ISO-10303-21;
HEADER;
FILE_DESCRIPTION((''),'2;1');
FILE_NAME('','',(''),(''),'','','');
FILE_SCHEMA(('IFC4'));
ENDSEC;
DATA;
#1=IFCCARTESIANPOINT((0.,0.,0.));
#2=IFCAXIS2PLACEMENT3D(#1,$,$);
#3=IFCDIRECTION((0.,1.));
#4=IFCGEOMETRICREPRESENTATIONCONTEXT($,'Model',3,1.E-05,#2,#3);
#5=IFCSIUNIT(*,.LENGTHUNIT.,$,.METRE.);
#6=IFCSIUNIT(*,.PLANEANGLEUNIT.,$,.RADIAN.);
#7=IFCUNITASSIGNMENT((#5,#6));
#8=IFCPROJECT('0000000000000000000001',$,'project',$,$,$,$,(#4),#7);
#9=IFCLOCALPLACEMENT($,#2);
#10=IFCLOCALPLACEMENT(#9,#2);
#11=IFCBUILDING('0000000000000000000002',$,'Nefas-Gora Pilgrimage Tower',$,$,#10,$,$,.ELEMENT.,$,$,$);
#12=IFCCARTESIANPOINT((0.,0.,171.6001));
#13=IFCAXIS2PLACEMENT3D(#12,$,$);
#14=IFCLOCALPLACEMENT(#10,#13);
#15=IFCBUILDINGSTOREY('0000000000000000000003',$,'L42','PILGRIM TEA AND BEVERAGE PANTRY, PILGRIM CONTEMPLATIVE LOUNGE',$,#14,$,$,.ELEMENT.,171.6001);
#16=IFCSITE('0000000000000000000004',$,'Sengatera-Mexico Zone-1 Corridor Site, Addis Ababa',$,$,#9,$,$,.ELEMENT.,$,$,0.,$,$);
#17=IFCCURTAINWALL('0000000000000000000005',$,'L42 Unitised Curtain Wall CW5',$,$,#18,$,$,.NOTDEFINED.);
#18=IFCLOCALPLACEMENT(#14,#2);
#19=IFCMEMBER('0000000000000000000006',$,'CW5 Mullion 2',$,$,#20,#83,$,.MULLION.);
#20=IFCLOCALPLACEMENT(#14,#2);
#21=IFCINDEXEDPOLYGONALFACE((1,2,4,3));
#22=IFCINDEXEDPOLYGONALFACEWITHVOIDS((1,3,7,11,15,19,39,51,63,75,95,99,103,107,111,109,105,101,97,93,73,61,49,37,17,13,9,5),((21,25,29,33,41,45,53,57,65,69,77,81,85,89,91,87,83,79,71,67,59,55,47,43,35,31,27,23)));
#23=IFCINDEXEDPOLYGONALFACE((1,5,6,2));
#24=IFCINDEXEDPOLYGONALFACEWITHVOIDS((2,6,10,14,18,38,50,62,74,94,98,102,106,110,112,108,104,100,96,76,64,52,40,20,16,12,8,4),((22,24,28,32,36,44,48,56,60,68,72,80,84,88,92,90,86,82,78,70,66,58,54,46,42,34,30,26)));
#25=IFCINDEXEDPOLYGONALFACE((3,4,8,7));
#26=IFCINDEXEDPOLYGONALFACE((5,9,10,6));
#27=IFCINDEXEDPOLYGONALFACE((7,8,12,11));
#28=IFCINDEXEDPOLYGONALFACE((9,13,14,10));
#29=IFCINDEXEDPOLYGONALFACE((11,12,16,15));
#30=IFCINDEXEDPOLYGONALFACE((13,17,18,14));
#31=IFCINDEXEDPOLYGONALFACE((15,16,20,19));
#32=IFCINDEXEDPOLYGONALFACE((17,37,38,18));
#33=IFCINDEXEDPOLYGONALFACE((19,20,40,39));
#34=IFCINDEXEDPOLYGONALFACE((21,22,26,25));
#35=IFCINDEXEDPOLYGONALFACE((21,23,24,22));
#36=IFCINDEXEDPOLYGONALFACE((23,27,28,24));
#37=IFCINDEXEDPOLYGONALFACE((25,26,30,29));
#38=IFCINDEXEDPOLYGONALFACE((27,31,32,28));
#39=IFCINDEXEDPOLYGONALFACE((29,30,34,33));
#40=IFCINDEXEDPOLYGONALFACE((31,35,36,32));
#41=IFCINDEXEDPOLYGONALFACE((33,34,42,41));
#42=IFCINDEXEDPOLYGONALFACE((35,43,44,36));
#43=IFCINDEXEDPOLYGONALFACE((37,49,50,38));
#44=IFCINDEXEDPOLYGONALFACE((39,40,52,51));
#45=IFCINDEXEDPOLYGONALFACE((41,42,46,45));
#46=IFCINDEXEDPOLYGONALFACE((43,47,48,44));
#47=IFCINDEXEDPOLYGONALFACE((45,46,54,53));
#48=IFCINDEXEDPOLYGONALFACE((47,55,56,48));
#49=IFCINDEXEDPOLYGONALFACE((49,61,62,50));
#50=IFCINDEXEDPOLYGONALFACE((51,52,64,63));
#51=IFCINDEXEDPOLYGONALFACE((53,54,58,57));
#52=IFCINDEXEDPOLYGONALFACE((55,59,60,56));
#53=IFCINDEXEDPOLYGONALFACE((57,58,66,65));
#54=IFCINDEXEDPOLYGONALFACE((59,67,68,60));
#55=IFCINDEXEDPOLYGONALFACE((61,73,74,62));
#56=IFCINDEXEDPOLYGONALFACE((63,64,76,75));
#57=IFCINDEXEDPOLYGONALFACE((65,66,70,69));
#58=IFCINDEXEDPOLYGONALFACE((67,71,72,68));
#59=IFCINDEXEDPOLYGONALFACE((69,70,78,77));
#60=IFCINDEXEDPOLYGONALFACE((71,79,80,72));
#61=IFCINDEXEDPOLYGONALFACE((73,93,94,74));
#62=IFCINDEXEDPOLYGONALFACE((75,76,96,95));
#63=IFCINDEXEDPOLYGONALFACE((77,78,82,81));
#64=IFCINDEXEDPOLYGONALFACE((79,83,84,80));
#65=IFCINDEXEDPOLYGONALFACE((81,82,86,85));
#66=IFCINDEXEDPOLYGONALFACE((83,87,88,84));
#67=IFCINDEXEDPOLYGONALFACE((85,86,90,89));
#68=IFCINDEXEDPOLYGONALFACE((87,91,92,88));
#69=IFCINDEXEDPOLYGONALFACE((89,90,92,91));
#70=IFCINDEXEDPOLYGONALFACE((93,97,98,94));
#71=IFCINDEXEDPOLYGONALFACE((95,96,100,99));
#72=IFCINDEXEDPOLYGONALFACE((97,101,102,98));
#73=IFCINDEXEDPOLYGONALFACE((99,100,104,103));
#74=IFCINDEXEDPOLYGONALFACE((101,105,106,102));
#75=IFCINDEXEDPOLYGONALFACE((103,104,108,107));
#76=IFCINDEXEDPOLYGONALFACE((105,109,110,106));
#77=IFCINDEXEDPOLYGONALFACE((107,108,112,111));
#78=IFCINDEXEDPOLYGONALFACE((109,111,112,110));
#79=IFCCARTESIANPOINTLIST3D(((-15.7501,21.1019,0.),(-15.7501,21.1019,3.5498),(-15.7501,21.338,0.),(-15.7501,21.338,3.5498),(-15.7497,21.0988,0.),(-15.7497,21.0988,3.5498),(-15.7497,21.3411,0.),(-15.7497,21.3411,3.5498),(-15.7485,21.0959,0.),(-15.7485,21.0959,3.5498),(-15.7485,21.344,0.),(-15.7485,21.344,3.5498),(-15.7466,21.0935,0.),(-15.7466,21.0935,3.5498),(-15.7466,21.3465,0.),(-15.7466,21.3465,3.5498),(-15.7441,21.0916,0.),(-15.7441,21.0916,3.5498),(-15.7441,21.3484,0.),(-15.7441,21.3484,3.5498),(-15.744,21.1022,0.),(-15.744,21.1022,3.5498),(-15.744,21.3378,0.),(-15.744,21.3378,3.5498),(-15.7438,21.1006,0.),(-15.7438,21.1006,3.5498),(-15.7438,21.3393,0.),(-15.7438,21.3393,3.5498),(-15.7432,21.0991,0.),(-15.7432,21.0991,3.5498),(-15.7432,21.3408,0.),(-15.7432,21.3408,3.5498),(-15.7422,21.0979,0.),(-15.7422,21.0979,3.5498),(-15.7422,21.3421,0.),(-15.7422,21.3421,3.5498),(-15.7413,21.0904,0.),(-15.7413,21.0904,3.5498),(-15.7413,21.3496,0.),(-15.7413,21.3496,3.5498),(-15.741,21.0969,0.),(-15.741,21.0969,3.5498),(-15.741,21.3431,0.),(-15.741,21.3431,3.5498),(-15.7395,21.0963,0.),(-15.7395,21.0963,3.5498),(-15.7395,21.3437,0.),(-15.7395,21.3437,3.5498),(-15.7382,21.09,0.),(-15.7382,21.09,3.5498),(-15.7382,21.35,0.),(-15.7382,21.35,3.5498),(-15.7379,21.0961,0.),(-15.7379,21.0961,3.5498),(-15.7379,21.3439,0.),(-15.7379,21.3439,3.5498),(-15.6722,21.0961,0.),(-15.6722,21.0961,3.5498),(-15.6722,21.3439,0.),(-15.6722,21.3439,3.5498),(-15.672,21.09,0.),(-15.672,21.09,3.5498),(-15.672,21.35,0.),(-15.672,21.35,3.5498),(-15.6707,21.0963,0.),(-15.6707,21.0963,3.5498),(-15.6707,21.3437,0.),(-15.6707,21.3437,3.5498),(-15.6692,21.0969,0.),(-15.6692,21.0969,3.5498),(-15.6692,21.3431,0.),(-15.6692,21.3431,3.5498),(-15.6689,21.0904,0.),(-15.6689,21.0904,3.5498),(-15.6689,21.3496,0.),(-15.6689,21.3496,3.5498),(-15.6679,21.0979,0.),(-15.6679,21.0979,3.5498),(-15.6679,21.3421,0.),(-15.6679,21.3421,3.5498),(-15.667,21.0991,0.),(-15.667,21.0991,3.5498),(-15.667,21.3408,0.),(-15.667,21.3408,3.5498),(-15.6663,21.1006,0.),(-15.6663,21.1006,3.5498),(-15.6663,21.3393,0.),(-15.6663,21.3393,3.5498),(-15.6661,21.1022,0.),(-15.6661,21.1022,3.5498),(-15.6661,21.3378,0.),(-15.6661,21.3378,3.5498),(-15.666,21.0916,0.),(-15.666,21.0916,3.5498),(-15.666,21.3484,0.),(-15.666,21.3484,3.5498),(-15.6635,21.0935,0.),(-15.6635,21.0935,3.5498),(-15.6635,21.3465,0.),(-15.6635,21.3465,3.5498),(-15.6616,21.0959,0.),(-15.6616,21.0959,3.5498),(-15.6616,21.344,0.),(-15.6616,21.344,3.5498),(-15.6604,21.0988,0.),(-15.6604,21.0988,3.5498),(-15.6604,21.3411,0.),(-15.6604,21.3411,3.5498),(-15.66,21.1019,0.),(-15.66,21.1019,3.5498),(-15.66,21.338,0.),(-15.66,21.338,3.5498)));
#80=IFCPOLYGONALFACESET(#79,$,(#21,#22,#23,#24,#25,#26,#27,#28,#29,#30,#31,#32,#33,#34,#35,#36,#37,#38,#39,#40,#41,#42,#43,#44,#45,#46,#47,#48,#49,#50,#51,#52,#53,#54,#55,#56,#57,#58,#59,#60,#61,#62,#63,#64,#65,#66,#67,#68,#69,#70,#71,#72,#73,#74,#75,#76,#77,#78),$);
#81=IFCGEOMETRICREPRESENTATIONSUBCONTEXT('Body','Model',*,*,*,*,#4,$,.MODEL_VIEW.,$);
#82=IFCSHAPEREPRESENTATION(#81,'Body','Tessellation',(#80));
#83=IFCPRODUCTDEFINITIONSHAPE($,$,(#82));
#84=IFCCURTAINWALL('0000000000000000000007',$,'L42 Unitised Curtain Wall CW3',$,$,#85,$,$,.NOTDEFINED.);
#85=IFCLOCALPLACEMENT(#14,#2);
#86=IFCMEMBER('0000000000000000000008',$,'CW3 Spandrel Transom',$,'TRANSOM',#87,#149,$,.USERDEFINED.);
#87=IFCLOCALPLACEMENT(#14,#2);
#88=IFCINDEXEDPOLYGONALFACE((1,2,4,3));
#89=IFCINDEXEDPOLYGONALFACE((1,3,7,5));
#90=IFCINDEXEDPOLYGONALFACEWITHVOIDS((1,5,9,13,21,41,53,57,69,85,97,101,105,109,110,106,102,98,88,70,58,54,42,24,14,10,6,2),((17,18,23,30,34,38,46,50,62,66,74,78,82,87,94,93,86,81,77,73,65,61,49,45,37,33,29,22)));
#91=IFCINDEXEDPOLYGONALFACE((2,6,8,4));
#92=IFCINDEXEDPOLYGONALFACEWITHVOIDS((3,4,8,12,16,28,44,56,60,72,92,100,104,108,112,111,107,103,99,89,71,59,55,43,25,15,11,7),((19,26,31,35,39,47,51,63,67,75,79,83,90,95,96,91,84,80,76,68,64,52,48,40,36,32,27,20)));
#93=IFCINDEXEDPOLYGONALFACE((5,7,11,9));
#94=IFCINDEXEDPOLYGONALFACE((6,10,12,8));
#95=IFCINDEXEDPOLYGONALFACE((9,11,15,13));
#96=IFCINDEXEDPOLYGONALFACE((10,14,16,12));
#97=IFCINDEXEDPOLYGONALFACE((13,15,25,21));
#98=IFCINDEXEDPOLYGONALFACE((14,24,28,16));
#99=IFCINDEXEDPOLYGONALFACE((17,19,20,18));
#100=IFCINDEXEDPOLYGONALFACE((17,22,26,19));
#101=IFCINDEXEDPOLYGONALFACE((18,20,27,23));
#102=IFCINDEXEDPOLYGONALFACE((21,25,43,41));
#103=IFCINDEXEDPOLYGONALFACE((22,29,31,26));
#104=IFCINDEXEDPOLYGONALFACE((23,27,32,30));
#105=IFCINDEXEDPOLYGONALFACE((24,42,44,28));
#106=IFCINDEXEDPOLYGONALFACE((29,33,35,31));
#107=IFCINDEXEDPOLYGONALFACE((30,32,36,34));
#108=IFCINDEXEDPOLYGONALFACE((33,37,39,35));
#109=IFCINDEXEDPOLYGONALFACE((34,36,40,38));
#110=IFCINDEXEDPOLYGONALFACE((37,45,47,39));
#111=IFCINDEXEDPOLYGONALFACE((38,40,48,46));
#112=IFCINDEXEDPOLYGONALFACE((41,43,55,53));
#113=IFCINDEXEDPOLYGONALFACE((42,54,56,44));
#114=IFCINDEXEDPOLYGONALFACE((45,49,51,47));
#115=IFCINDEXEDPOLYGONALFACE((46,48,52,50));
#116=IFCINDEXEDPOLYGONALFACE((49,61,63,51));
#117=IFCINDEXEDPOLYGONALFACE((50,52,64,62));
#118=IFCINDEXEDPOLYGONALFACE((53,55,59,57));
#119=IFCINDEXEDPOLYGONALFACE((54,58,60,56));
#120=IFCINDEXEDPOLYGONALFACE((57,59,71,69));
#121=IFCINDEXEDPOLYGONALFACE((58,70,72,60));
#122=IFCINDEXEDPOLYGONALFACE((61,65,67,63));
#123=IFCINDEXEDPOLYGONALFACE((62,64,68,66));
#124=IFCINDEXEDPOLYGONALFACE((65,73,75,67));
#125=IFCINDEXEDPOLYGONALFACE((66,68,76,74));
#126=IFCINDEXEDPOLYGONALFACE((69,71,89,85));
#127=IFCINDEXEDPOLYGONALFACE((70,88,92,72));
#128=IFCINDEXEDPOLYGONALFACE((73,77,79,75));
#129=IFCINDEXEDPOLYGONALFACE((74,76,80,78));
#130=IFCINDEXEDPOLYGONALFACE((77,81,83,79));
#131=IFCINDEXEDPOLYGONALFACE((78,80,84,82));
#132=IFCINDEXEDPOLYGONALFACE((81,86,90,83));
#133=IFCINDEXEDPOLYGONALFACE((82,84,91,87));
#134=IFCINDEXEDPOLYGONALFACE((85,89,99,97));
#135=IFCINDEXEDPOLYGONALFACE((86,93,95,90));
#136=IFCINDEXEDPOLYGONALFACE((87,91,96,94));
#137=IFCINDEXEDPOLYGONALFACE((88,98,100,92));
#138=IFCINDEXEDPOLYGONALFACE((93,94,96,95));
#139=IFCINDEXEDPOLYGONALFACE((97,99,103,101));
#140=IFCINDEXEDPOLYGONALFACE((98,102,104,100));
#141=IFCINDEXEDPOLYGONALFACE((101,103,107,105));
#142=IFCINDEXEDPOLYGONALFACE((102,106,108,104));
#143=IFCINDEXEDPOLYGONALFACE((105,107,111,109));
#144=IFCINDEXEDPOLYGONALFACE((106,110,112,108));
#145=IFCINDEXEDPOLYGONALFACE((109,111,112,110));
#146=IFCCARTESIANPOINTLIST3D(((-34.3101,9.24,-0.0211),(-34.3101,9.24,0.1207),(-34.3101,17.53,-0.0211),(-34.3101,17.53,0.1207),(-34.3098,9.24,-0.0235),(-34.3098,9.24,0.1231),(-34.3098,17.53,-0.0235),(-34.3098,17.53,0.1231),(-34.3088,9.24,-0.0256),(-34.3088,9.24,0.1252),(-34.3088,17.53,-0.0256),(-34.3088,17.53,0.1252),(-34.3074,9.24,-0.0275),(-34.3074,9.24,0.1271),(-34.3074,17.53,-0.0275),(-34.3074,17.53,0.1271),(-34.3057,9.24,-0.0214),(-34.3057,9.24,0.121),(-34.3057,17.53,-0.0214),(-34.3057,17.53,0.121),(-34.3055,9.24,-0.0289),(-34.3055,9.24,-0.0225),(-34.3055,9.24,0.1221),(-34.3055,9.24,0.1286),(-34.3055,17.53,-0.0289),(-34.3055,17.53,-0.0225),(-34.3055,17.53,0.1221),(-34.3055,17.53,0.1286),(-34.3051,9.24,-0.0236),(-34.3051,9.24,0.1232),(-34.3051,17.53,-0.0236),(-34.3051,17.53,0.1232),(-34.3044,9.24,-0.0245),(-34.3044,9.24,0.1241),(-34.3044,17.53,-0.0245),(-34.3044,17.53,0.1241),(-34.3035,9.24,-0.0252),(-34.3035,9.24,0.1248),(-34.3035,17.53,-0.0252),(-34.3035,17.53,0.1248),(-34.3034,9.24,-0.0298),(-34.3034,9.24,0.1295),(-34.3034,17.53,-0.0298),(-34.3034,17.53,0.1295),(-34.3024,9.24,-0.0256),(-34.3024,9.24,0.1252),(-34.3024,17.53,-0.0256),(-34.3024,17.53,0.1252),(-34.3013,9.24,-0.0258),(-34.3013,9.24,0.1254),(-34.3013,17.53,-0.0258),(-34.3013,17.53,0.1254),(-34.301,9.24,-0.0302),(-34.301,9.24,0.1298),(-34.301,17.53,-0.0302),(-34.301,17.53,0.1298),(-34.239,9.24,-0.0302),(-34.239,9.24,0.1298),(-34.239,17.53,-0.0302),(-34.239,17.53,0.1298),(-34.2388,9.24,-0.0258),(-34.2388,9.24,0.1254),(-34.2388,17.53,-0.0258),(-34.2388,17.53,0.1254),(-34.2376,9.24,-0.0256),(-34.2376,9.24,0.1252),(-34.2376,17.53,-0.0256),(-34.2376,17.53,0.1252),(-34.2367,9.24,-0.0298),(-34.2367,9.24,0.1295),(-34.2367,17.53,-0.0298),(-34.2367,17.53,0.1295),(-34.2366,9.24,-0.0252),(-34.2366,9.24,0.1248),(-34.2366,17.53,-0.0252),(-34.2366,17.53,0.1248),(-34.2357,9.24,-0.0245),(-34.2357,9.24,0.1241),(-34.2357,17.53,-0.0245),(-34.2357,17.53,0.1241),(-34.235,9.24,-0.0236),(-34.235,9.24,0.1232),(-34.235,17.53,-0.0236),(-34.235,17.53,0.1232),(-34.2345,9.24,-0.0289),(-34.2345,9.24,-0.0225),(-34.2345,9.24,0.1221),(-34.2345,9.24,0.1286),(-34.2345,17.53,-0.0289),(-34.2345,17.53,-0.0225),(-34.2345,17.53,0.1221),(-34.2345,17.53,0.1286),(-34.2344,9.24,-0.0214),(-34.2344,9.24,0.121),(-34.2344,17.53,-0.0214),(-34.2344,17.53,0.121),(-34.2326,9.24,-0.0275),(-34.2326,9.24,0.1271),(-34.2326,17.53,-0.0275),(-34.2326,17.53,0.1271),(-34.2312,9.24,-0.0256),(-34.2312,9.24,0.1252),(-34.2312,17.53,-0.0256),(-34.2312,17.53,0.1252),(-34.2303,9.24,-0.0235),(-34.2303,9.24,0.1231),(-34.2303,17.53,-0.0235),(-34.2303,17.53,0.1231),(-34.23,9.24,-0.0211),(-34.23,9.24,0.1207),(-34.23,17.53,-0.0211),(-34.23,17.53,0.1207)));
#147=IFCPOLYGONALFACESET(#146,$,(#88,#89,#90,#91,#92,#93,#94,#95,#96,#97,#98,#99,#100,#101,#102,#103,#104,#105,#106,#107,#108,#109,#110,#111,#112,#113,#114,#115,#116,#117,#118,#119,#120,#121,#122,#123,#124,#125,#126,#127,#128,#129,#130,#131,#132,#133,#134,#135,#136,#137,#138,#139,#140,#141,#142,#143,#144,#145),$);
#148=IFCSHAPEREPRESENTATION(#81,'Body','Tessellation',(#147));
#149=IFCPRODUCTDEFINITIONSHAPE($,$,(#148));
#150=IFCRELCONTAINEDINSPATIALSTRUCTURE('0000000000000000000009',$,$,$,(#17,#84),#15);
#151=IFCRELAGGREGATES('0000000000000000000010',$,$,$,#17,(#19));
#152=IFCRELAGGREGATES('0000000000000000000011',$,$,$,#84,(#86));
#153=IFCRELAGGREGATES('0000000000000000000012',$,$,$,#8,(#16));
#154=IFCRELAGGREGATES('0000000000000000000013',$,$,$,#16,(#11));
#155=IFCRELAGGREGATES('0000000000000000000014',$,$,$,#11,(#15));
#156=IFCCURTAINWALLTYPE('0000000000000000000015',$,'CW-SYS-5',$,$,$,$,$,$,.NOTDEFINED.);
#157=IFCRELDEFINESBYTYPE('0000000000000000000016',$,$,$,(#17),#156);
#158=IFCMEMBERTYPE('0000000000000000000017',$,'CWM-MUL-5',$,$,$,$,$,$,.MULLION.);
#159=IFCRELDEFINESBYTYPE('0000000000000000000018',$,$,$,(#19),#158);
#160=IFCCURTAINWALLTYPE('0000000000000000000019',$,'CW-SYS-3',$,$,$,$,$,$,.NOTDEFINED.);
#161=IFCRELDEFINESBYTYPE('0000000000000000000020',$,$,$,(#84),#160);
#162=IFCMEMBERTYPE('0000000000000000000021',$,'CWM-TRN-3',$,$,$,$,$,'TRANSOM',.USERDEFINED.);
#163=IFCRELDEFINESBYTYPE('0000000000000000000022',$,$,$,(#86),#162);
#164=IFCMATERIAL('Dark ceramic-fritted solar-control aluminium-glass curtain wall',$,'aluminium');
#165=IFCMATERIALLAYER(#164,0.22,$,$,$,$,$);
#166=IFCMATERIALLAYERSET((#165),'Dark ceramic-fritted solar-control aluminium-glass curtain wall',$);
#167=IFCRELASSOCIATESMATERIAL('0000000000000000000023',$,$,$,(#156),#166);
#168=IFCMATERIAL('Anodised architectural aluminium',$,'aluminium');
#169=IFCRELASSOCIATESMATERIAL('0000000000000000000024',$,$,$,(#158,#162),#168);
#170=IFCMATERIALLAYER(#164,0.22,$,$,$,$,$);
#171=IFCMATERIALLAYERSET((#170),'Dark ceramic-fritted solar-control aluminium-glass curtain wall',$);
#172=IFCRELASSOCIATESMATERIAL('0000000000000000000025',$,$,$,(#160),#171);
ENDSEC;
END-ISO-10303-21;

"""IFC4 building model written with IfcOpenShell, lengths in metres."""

from ifc_helpers import new_model, si_unit, direction, frame, origin, origin_2d, place, context, subcontext, project, spatial, hollow_rectangle, extrude, source, transform, mapped, material, layer, layer_set, material_profile, profile_set, type_object, element, aggregate, save


model = new_model("IFC4")

# Units and contexts
model_context = context("Model", 3, precision=1e-05, world=origin(), true_north=direction((0.0, 1.0)))
body_context = subcontext(model_context, "Body", "Model", "MODEL_VIEW")
ifc_project = project(units=[si_unit("LENGTHUNIT", "METRE"), si_unit("PLANEANGLEUNIT", "RADIAN")], contexts=[model_context])

# Site, building, storey
site_placement = place(None, origin())
site = spatial("IfcSite", under=ifc_project, at=site_placement, Name="Sengatera-Mexico Zone-1 Corridor Site, Addis Ababa", CompositionType="ELEMENT", RefElevation=0.0)
building_placement = place(site_placement, origin())
building = spatial("IfcBuilding", under=site, at=building_placement, Name="Nefas-Gora Pilgrimage Tower", CompositionType="ELEMENT")
storey_placement = place(building_placement, frame((0.0, 0.0, 171.6001)))
storey = spatial("IfcBuildingStorey", under=building, at=storey_placement, Name="L42", Description="PILGRIM TEA AND BEVERAGE PANTRY, PILGRIM CONTEMPLATIVE LOUNGE", CompositionType="ELEMENT", Elevation=171.6001)

# Curtain walls, members
ifc_material_1 = material(Name="Dark ceramic-fritted solar-control aluminium-glass curtain wall", Category="aluminium")
ifc_layer_1 = layer(ifc_material_1, 0.22)
ifc_layer_set_1 = layer_set([ifc_layer_1], Name="Dark ceramic-fritted solar-control aluminium-glass curtain wall")
curtain_wall_type_1 = type_object("IfcCurtainWallType", Name="CW-SYS-5", PredefinedType="NOTDEFINED", material=ifc_layer_set_1)
curtain_wall_1_placement = place(storey_placement, origin())
curtain_wall_1 = element("IfcCurtainWall", 1, at=curtain_wall_1_placement, inside=storey, type_object=curtain_wall_type_1, Name="L42 Unitised Curtain Wall CW5", PredefinedType="NOTDEFINED")
ifc_material_2 = material(Name="Anodised architectural aluminium", Category="aluminium")
ifc_material_profile_1 = material_profile(ifc_material_2, hollow_rectangle(XDim=0.0901, YDim=0.26, WallThickness=0.0061, InnerFilletRadius=0.0061, OuterFilletRadius=0.012, at=origin_2d()), Name="ALU MULLION 90x260")
ifc_profile_set_1 = profile_set([ifc_material_profile_1], Name="Anodised architectural aluminium")
member_type_1 = type_object("IfcMemberType", Name="CWM-MUL-5", PredefinedType="MULLION", material=ifc_profile_set_1)
shared_shape_1 = source(origin(), body_context, "Body", "SweptSolid", [
    extrude(hollow_rectangle(XDim=0.0901, YDim=0.26, WallThickness=0.0061, InnerFilletRadius=0.0061, OuterFilletRadius=0.012, at=origin_2d()), origin(), (0.0, 0.0, 1.0), 3.5498),
])
member_1_placement = place(storey_placement, frame((-15.7051, 21.22, 0.0), z_axis=(0.0, 0.0, 1.0), x_axis=(-1.0, 0.0, 0.0)))
member_1 = element("IfcMember", 2, at=member_1_placement, type_object=member_type_1, Name="CW5 Mullion 2", PredefinedType="MULLION", context=body_context, shape_type="MappedRepresentation", body=[
    mapped(shared_shape_1, transform((0.0, 0.0, 0.0), x_axis=(1.0, 0.0, 0.0), y_axis=(0.0, 1.0, 0.0), z_axis=(0.0, 0.0, 1.0), scale=1.0)),
])
ifc_layer_2 = layer(ifc_material_1, 0.22)
ifc_layer_set_2 = layer_set([ifc_layer_2], Name="Dark ceramic-fritted solar-control aluminium-glass curtain wall")
curtain_wall_type_2 = type_object("IfcCurtainWallType", Name="CW-SYS-3", PredefinedType="NOTDEFINED", material=ifc_layer_set_2)
curtain_wall_2_placement = place(storey_placement, origin())
curtain_wall_2 = element("IfcCurtainWall", 3, at=curtain_wall_2_placement, inside=storey, type_object=curtain_wall_type_2, Name="L42 Unitised Curtain Wall CW3", PredefinedType="NOTDEFINED")
ifc_material_profile_2 = material_profile(ifc_material_2, hollow_rectangle(XDim=0.0801, YDim=0.1599, WallThickness=0.0044, InnerFilletRadius=0.0044, OuterFilletRadius=0.009, at=origin_2d()), Name="ALU TRANSOM 80x160")
ifc_profile_set_2 = profile_set([ifc_material_profile_2], Name="Anodised architectural aluminium")
member_type_2 = type_object("IfcMemberType", Name="CWM-TRN-3", ElementType="TRANSOM", PredefinedType="USERDEFINED", material=ifc_profile_set_2)
shared_shape_2 = source(origin(), body_context, "Body", "SweptSolid", [
    extrude(hollow_rectangle(XDim=0.0801, YDim=0.1599, WallThickness=0.0044, InnerFilletRadius=0.0044, OuterFilletRadius=0.009, at=origin_2d()), origin(), (0.0, 0.0, 1.0), 8.29),
])
member_2_placement = place(storey_placement, frame((-34.27, 17.53, 0.0498), z_axis=(0.0, -1.0, 0.0), x_axis=(1.0, 0.0, 0.0)))
member_2 = element("IfcMember", 4, at=member_2_placement, type_object=member_type_2, Name="CW3 Spandrel Transom", ObjectType="TRANSOM", PredefinedType="USERDEFINED", context=body_context, shape_type="MappedRepresentation", body=[
    mapped(shared_shape_2, transform((0.0, 0.0, 0.0), x_axis=(1.0, 0.0, 0.0), y_axis=(0.0, 1.0, 0.0), z_axis=(0.0, 0.0, 1.0), scale=1.0)),
])

aggregate(curtain_wall_1, [member_1])
aggregate(curtain_wall_2, [member_2])

save(model, "model.ifc")
